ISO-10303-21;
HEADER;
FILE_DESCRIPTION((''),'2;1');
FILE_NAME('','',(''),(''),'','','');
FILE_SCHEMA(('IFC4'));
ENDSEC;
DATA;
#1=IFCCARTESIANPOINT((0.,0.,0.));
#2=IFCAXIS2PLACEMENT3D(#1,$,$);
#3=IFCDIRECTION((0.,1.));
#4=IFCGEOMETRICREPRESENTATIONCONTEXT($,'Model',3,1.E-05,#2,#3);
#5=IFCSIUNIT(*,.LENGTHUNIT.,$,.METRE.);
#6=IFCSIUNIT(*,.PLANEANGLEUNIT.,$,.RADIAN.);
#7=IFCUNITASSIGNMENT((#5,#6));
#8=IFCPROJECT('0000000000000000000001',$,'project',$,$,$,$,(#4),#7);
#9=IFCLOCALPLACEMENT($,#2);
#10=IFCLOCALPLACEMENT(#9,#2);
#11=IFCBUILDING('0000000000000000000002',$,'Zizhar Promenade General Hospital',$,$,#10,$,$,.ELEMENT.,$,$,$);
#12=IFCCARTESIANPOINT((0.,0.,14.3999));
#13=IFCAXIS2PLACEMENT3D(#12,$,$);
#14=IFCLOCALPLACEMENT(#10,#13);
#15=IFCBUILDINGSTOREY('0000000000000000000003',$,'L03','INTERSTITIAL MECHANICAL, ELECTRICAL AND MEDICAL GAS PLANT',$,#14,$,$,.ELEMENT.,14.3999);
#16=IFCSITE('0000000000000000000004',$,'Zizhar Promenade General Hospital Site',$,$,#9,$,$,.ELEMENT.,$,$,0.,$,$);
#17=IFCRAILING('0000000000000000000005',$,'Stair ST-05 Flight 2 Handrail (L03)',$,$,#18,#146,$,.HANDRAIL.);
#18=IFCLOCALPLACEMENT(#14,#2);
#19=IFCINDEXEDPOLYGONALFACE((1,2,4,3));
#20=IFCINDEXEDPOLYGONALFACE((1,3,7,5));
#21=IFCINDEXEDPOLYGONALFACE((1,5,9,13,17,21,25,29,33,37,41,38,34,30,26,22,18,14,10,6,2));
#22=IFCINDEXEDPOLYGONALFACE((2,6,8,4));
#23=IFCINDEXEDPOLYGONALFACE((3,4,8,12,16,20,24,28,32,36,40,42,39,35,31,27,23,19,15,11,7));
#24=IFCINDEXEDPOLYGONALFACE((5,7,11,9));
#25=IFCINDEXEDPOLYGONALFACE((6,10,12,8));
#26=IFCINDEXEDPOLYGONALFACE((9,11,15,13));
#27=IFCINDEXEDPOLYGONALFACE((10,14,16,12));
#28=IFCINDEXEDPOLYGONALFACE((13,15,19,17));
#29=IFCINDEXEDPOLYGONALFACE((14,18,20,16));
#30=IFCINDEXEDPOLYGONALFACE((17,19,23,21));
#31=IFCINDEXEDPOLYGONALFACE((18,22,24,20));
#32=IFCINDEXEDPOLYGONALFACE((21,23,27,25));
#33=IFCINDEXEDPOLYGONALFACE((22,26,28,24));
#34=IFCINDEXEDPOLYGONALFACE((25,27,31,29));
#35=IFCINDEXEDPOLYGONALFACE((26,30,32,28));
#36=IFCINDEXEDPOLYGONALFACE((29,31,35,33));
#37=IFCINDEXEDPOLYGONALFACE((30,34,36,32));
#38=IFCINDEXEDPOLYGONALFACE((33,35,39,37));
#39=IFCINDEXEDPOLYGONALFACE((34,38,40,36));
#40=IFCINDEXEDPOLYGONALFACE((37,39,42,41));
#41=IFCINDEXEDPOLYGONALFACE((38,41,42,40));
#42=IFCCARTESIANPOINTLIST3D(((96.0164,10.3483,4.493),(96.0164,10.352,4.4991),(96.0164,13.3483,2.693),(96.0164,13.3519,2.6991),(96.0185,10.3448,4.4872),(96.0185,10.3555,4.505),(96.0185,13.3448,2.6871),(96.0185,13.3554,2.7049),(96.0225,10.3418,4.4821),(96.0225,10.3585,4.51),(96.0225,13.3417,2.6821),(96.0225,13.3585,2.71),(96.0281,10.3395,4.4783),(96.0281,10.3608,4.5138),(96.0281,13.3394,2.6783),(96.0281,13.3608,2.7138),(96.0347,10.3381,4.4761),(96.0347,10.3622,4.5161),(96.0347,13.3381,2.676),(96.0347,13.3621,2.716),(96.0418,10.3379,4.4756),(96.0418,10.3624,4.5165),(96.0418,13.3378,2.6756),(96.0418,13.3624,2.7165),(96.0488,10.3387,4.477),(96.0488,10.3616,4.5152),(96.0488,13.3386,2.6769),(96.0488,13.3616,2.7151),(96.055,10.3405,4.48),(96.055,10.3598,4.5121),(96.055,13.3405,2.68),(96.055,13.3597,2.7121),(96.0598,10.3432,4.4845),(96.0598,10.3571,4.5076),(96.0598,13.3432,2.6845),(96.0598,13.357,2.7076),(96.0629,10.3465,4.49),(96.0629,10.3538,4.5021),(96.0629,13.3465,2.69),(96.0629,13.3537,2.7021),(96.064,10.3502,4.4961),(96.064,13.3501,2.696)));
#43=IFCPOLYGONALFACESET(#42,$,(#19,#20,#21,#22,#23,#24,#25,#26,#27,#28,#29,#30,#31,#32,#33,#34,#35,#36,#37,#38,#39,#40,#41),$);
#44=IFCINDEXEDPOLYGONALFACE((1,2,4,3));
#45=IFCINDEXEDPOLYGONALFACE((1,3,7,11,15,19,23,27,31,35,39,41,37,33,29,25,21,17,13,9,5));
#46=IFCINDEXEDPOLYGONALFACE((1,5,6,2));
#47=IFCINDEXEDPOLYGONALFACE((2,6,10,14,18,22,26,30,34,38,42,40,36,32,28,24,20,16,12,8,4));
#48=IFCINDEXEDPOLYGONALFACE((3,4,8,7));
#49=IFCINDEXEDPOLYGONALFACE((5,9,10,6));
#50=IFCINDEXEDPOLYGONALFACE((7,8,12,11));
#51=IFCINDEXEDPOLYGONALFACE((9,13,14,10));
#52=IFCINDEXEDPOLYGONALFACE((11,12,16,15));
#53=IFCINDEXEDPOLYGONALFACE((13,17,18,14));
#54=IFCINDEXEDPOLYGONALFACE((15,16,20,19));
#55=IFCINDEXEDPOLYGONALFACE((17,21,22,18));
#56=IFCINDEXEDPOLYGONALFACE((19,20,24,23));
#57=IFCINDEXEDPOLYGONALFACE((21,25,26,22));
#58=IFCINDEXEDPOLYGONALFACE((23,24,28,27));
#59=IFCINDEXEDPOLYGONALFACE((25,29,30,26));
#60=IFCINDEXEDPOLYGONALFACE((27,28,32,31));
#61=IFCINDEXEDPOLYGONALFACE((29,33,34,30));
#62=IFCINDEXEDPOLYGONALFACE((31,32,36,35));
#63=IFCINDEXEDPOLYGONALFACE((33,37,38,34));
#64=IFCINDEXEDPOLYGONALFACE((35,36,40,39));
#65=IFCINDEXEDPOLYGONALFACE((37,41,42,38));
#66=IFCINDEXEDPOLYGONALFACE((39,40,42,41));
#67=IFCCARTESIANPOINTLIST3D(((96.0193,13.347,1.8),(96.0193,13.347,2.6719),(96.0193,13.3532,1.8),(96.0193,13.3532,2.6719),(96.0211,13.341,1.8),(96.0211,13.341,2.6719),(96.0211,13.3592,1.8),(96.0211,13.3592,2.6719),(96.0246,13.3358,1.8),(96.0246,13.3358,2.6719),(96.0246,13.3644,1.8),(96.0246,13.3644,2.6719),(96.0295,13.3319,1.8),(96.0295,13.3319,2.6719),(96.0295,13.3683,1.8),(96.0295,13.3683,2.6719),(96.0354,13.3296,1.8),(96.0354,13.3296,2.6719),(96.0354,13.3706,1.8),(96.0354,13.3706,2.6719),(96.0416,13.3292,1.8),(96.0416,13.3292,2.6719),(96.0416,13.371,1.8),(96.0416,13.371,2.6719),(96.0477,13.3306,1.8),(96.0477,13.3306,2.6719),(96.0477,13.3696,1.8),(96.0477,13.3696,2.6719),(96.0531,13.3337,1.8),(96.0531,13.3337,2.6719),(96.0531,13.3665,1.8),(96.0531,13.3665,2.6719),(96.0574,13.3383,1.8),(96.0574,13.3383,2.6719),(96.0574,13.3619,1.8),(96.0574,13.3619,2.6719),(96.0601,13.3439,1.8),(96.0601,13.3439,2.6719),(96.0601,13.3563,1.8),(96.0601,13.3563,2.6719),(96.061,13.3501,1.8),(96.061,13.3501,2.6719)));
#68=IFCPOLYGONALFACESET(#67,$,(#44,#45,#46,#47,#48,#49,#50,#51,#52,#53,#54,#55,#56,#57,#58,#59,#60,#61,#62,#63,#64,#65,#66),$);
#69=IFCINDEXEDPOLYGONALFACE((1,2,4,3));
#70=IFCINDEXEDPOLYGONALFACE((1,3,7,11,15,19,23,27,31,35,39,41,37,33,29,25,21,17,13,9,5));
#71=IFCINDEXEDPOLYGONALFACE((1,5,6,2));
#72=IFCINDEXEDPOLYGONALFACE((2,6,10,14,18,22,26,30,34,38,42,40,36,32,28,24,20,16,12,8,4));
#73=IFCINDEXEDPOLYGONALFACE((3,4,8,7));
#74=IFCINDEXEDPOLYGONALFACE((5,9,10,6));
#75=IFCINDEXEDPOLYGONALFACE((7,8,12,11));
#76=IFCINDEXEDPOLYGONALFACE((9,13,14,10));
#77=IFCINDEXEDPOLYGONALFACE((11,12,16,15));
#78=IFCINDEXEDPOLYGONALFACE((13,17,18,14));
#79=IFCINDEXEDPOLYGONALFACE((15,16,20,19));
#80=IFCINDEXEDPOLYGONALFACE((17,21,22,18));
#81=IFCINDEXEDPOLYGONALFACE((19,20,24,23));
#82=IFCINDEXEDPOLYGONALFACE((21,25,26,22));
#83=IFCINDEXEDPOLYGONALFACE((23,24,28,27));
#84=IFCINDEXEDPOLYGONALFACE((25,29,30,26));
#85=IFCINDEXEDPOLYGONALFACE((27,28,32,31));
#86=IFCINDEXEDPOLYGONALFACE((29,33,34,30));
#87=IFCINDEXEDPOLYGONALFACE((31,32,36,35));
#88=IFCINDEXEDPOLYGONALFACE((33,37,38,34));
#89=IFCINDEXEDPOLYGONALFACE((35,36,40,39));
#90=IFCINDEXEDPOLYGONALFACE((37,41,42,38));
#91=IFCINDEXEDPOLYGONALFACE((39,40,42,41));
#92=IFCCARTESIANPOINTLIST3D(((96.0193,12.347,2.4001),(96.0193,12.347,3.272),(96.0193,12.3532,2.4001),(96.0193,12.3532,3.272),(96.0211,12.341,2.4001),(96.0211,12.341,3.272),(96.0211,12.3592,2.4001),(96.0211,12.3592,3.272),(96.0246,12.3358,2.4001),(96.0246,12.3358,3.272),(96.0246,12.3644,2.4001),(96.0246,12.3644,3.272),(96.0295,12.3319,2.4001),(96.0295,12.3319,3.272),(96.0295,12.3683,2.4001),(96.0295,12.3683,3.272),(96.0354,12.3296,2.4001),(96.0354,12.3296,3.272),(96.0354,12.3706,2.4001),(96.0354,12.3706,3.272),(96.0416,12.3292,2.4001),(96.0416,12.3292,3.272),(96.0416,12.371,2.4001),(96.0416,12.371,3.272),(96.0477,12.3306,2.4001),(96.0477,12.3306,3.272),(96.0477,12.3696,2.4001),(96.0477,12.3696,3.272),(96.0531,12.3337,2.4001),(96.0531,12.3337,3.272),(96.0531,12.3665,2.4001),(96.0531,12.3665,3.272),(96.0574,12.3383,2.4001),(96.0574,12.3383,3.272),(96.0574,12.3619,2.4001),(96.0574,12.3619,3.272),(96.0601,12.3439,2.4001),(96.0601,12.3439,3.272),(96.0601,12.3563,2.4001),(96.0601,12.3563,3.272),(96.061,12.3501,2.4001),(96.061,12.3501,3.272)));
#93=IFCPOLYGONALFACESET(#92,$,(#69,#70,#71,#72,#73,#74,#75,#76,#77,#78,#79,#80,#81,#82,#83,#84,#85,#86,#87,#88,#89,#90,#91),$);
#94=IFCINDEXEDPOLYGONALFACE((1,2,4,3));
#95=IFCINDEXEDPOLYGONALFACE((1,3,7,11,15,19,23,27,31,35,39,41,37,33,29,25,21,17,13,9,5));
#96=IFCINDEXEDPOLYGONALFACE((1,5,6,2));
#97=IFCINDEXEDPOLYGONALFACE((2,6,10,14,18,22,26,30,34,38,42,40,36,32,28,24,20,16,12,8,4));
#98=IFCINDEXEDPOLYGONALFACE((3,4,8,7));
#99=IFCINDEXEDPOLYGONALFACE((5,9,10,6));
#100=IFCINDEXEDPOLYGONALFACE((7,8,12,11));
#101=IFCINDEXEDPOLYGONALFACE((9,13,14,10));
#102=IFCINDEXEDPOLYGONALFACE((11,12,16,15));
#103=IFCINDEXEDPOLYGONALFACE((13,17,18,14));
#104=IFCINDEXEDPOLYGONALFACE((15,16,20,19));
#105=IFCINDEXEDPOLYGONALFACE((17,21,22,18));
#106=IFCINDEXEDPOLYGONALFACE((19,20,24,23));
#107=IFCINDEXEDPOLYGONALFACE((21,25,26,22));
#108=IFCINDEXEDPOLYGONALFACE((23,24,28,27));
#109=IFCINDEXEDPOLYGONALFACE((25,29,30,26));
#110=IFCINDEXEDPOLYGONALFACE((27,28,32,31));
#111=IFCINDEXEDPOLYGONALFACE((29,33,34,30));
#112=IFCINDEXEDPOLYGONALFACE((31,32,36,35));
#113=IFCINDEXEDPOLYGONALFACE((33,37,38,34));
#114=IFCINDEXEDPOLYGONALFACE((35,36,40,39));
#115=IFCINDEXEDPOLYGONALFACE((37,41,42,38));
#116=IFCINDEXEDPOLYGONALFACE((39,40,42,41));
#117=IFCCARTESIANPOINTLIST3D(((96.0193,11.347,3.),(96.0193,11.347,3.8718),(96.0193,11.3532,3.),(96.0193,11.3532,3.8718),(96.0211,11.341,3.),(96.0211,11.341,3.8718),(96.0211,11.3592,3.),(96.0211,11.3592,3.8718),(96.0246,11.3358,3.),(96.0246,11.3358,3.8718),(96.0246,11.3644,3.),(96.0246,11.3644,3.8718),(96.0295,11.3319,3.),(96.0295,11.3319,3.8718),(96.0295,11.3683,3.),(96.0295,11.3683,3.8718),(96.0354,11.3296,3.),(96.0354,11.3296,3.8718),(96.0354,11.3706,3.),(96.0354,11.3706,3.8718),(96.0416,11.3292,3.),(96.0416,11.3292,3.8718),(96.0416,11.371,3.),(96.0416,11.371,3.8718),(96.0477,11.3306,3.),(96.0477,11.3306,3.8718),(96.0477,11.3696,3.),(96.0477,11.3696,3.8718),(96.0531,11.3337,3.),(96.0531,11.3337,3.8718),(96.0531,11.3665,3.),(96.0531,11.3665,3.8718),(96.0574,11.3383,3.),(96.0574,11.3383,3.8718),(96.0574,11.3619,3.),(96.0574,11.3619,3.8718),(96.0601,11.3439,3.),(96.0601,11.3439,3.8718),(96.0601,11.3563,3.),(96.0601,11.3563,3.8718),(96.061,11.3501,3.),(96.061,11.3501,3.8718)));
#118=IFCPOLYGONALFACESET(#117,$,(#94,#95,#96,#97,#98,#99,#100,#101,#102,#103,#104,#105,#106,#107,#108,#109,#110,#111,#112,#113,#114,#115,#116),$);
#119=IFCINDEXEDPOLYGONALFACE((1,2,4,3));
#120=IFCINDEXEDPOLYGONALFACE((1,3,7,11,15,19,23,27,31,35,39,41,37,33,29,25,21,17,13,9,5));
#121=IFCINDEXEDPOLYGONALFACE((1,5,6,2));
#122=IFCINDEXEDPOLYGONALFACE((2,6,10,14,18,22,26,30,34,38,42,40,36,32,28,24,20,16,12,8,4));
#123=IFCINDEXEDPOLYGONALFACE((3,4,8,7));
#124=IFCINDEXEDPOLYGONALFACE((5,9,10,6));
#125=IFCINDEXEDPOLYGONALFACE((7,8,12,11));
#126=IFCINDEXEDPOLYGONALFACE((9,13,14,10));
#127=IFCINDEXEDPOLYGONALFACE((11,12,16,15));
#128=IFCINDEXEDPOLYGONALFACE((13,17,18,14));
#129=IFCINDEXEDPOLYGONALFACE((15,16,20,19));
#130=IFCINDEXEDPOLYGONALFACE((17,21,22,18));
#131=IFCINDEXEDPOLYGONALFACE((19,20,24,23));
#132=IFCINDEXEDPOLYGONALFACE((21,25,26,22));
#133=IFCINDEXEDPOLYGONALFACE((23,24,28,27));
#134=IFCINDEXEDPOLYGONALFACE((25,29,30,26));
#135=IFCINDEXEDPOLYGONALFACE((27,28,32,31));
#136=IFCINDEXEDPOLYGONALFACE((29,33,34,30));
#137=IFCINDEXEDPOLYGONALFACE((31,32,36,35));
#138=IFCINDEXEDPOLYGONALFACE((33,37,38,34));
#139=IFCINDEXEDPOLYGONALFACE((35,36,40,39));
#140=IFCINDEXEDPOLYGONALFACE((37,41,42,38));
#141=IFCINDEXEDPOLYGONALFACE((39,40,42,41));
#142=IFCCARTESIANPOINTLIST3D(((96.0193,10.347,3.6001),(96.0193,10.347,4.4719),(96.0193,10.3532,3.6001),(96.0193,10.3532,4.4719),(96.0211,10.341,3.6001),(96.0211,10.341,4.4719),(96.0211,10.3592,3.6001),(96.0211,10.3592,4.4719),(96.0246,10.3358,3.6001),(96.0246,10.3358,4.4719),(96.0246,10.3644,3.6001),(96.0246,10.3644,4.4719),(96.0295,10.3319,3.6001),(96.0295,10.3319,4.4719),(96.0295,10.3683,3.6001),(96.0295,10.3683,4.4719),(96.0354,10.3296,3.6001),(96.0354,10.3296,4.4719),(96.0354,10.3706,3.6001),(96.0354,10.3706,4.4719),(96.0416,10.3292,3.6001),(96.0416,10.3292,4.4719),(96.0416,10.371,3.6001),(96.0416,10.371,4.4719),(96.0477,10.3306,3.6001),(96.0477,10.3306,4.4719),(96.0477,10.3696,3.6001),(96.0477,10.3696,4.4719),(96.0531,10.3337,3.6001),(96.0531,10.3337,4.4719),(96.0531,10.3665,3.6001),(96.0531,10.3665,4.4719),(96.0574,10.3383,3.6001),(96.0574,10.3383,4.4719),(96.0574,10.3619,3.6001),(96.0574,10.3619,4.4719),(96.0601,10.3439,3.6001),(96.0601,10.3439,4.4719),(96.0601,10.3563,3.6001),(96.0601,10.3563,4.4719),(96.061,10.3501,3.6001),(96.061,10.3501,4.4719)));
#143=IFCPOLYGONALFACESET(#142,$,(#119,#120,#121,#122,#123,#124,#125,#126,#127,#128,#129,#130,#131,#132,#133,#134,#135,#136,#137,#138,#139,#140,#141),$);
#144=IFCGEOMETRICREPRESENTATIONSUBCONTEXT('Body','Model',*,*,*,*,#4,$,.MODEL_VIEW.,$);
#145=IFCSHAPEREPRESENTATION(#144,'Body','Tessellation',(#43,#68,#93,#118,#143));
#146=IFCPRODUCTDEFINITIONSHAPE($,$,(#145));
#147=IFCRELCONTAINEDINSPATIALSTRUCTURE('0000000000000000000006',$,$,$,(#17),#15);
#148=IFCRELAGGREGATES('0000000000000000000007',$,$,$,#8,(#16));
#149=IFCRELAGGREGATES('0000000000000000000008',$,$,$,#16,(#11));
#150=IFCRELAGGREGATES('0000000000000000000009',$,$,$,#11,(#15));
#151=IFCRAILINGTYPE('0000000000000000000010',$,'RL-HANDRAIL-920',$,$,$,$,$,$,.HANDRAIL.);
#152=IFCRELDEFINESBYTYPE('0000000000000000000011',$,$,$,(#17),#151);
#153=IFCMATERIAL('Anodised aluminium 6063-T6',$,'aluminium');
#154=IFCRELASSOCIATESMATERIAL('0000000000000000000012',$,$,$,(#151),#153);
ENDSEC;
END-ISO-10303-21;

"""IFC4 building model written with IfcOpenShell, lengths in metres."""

from ifc_helpers import new_model, si_unit, direction, frame, origin, origin_2d, place, context, subcontext, project, spatial, circle, hollow_circle, extrude, material, material_profile, profile_set, type_object, element, save


model = new_model("IFC4")

# Units and contexts
model_context = context("Model", 3, precision=1e-05, world=origin(), true_north=direction((0.0, 1.0)))
body_context = subcontext(model_context, "Body", "Model", "MODEL_VIEW")
ifc_project = project(units=[si_unit("LENGTHUNIT", "METRE"), si_unit("PLANEANGLEUNIT", "RADIAN")], contexts=[model_context])

# Site, building, storey
site_placement = place(None, origin())
site = spatial("IfcSite", under=ifc_project, at=site_placement, Name="Zizhar Promenade General Hospital Site", CompositionType="ELEMENT", RefElevation=0.0)
building_placement = place(site_placement, origin())
building = spatial("IfcBuilding", under=site, at=building_placement, Name="Zizhar Promenade General Hospital", CompositionType="ELEMENT")
storey_placement = place(building_placement, frame((0.0, 0.0, 14.3999)))
storey = spatial("IfcBuildingStorey", under=building, at=storey_placement, Name="L03", Description="INTERSTITIAL MECHANICAL, ELECTRICAL AND MEDICAL GAS PLANT", CompositionType="ELEMENT", Elevation=14.3999)

# Railing
ifc_material_1 = material(Name="Anodised aluminium 6063-T6", Category="aluminium")
ifc_material_profile_1 = material_profile(ifc_material_1, hollow_circle(Radius=0.0698, WallThickness=0.0063, at=origin_2d()))
ifc_profile_set_1 = profile_set([ifc_material_profile_1], Name="Anodised aluminium 6063-T6")
railing_type_1 = type_object("IfcRailingType", Name="RL-HANDRAIL-920", PredefinedType="HANDRAIL", material=ifc_profile_set_1)
railing_1_placement = place(storey_placement, frame((96.04, 13.3501, 1.8)))
element("IfcRailing", 1, at=railing_1_placement, inside=storey, type_object=railing_type_1, Name="Stair ST-05 Flight 2 Handrail (L03)", PredefinedType="HANDRAIL", context=body_context, shape_type="SweptSolid", body=[
    extrude(circle(Radius=0.0239, at=origin_2d()), frame((0.0, 0.0, 0.896), z_axis=(0.0, -0.857487, 0.514506), x_axis=(1.0, 0.0, 0.0)), (0.0, 0.0, 1.0), 3.4985),
    extrude(circle(Radius=0.021, at=origin_2d()), origin(), (0.0, 0.0, 1.0), 0.8718),
    extrude(circle(Radius=0.021, at=origin_2d()), frame((0.0, -1.0, 0.6001)), (0.0, 0.0, 1.0), 0.8718),
    extrude(circle(Radius=0.021, at=origin_2d()), frame((0.0, -2.0, 1.2)), (0.0, 0.0, 1.0), 0.8718),
    extrude(circle(Radius=0.021, at=origin_2d()), frame((0.0, -3.0, 1.8)), (0.0, 0.0, 1.0), 0.8718),
])

save(model, "model.ifc")
